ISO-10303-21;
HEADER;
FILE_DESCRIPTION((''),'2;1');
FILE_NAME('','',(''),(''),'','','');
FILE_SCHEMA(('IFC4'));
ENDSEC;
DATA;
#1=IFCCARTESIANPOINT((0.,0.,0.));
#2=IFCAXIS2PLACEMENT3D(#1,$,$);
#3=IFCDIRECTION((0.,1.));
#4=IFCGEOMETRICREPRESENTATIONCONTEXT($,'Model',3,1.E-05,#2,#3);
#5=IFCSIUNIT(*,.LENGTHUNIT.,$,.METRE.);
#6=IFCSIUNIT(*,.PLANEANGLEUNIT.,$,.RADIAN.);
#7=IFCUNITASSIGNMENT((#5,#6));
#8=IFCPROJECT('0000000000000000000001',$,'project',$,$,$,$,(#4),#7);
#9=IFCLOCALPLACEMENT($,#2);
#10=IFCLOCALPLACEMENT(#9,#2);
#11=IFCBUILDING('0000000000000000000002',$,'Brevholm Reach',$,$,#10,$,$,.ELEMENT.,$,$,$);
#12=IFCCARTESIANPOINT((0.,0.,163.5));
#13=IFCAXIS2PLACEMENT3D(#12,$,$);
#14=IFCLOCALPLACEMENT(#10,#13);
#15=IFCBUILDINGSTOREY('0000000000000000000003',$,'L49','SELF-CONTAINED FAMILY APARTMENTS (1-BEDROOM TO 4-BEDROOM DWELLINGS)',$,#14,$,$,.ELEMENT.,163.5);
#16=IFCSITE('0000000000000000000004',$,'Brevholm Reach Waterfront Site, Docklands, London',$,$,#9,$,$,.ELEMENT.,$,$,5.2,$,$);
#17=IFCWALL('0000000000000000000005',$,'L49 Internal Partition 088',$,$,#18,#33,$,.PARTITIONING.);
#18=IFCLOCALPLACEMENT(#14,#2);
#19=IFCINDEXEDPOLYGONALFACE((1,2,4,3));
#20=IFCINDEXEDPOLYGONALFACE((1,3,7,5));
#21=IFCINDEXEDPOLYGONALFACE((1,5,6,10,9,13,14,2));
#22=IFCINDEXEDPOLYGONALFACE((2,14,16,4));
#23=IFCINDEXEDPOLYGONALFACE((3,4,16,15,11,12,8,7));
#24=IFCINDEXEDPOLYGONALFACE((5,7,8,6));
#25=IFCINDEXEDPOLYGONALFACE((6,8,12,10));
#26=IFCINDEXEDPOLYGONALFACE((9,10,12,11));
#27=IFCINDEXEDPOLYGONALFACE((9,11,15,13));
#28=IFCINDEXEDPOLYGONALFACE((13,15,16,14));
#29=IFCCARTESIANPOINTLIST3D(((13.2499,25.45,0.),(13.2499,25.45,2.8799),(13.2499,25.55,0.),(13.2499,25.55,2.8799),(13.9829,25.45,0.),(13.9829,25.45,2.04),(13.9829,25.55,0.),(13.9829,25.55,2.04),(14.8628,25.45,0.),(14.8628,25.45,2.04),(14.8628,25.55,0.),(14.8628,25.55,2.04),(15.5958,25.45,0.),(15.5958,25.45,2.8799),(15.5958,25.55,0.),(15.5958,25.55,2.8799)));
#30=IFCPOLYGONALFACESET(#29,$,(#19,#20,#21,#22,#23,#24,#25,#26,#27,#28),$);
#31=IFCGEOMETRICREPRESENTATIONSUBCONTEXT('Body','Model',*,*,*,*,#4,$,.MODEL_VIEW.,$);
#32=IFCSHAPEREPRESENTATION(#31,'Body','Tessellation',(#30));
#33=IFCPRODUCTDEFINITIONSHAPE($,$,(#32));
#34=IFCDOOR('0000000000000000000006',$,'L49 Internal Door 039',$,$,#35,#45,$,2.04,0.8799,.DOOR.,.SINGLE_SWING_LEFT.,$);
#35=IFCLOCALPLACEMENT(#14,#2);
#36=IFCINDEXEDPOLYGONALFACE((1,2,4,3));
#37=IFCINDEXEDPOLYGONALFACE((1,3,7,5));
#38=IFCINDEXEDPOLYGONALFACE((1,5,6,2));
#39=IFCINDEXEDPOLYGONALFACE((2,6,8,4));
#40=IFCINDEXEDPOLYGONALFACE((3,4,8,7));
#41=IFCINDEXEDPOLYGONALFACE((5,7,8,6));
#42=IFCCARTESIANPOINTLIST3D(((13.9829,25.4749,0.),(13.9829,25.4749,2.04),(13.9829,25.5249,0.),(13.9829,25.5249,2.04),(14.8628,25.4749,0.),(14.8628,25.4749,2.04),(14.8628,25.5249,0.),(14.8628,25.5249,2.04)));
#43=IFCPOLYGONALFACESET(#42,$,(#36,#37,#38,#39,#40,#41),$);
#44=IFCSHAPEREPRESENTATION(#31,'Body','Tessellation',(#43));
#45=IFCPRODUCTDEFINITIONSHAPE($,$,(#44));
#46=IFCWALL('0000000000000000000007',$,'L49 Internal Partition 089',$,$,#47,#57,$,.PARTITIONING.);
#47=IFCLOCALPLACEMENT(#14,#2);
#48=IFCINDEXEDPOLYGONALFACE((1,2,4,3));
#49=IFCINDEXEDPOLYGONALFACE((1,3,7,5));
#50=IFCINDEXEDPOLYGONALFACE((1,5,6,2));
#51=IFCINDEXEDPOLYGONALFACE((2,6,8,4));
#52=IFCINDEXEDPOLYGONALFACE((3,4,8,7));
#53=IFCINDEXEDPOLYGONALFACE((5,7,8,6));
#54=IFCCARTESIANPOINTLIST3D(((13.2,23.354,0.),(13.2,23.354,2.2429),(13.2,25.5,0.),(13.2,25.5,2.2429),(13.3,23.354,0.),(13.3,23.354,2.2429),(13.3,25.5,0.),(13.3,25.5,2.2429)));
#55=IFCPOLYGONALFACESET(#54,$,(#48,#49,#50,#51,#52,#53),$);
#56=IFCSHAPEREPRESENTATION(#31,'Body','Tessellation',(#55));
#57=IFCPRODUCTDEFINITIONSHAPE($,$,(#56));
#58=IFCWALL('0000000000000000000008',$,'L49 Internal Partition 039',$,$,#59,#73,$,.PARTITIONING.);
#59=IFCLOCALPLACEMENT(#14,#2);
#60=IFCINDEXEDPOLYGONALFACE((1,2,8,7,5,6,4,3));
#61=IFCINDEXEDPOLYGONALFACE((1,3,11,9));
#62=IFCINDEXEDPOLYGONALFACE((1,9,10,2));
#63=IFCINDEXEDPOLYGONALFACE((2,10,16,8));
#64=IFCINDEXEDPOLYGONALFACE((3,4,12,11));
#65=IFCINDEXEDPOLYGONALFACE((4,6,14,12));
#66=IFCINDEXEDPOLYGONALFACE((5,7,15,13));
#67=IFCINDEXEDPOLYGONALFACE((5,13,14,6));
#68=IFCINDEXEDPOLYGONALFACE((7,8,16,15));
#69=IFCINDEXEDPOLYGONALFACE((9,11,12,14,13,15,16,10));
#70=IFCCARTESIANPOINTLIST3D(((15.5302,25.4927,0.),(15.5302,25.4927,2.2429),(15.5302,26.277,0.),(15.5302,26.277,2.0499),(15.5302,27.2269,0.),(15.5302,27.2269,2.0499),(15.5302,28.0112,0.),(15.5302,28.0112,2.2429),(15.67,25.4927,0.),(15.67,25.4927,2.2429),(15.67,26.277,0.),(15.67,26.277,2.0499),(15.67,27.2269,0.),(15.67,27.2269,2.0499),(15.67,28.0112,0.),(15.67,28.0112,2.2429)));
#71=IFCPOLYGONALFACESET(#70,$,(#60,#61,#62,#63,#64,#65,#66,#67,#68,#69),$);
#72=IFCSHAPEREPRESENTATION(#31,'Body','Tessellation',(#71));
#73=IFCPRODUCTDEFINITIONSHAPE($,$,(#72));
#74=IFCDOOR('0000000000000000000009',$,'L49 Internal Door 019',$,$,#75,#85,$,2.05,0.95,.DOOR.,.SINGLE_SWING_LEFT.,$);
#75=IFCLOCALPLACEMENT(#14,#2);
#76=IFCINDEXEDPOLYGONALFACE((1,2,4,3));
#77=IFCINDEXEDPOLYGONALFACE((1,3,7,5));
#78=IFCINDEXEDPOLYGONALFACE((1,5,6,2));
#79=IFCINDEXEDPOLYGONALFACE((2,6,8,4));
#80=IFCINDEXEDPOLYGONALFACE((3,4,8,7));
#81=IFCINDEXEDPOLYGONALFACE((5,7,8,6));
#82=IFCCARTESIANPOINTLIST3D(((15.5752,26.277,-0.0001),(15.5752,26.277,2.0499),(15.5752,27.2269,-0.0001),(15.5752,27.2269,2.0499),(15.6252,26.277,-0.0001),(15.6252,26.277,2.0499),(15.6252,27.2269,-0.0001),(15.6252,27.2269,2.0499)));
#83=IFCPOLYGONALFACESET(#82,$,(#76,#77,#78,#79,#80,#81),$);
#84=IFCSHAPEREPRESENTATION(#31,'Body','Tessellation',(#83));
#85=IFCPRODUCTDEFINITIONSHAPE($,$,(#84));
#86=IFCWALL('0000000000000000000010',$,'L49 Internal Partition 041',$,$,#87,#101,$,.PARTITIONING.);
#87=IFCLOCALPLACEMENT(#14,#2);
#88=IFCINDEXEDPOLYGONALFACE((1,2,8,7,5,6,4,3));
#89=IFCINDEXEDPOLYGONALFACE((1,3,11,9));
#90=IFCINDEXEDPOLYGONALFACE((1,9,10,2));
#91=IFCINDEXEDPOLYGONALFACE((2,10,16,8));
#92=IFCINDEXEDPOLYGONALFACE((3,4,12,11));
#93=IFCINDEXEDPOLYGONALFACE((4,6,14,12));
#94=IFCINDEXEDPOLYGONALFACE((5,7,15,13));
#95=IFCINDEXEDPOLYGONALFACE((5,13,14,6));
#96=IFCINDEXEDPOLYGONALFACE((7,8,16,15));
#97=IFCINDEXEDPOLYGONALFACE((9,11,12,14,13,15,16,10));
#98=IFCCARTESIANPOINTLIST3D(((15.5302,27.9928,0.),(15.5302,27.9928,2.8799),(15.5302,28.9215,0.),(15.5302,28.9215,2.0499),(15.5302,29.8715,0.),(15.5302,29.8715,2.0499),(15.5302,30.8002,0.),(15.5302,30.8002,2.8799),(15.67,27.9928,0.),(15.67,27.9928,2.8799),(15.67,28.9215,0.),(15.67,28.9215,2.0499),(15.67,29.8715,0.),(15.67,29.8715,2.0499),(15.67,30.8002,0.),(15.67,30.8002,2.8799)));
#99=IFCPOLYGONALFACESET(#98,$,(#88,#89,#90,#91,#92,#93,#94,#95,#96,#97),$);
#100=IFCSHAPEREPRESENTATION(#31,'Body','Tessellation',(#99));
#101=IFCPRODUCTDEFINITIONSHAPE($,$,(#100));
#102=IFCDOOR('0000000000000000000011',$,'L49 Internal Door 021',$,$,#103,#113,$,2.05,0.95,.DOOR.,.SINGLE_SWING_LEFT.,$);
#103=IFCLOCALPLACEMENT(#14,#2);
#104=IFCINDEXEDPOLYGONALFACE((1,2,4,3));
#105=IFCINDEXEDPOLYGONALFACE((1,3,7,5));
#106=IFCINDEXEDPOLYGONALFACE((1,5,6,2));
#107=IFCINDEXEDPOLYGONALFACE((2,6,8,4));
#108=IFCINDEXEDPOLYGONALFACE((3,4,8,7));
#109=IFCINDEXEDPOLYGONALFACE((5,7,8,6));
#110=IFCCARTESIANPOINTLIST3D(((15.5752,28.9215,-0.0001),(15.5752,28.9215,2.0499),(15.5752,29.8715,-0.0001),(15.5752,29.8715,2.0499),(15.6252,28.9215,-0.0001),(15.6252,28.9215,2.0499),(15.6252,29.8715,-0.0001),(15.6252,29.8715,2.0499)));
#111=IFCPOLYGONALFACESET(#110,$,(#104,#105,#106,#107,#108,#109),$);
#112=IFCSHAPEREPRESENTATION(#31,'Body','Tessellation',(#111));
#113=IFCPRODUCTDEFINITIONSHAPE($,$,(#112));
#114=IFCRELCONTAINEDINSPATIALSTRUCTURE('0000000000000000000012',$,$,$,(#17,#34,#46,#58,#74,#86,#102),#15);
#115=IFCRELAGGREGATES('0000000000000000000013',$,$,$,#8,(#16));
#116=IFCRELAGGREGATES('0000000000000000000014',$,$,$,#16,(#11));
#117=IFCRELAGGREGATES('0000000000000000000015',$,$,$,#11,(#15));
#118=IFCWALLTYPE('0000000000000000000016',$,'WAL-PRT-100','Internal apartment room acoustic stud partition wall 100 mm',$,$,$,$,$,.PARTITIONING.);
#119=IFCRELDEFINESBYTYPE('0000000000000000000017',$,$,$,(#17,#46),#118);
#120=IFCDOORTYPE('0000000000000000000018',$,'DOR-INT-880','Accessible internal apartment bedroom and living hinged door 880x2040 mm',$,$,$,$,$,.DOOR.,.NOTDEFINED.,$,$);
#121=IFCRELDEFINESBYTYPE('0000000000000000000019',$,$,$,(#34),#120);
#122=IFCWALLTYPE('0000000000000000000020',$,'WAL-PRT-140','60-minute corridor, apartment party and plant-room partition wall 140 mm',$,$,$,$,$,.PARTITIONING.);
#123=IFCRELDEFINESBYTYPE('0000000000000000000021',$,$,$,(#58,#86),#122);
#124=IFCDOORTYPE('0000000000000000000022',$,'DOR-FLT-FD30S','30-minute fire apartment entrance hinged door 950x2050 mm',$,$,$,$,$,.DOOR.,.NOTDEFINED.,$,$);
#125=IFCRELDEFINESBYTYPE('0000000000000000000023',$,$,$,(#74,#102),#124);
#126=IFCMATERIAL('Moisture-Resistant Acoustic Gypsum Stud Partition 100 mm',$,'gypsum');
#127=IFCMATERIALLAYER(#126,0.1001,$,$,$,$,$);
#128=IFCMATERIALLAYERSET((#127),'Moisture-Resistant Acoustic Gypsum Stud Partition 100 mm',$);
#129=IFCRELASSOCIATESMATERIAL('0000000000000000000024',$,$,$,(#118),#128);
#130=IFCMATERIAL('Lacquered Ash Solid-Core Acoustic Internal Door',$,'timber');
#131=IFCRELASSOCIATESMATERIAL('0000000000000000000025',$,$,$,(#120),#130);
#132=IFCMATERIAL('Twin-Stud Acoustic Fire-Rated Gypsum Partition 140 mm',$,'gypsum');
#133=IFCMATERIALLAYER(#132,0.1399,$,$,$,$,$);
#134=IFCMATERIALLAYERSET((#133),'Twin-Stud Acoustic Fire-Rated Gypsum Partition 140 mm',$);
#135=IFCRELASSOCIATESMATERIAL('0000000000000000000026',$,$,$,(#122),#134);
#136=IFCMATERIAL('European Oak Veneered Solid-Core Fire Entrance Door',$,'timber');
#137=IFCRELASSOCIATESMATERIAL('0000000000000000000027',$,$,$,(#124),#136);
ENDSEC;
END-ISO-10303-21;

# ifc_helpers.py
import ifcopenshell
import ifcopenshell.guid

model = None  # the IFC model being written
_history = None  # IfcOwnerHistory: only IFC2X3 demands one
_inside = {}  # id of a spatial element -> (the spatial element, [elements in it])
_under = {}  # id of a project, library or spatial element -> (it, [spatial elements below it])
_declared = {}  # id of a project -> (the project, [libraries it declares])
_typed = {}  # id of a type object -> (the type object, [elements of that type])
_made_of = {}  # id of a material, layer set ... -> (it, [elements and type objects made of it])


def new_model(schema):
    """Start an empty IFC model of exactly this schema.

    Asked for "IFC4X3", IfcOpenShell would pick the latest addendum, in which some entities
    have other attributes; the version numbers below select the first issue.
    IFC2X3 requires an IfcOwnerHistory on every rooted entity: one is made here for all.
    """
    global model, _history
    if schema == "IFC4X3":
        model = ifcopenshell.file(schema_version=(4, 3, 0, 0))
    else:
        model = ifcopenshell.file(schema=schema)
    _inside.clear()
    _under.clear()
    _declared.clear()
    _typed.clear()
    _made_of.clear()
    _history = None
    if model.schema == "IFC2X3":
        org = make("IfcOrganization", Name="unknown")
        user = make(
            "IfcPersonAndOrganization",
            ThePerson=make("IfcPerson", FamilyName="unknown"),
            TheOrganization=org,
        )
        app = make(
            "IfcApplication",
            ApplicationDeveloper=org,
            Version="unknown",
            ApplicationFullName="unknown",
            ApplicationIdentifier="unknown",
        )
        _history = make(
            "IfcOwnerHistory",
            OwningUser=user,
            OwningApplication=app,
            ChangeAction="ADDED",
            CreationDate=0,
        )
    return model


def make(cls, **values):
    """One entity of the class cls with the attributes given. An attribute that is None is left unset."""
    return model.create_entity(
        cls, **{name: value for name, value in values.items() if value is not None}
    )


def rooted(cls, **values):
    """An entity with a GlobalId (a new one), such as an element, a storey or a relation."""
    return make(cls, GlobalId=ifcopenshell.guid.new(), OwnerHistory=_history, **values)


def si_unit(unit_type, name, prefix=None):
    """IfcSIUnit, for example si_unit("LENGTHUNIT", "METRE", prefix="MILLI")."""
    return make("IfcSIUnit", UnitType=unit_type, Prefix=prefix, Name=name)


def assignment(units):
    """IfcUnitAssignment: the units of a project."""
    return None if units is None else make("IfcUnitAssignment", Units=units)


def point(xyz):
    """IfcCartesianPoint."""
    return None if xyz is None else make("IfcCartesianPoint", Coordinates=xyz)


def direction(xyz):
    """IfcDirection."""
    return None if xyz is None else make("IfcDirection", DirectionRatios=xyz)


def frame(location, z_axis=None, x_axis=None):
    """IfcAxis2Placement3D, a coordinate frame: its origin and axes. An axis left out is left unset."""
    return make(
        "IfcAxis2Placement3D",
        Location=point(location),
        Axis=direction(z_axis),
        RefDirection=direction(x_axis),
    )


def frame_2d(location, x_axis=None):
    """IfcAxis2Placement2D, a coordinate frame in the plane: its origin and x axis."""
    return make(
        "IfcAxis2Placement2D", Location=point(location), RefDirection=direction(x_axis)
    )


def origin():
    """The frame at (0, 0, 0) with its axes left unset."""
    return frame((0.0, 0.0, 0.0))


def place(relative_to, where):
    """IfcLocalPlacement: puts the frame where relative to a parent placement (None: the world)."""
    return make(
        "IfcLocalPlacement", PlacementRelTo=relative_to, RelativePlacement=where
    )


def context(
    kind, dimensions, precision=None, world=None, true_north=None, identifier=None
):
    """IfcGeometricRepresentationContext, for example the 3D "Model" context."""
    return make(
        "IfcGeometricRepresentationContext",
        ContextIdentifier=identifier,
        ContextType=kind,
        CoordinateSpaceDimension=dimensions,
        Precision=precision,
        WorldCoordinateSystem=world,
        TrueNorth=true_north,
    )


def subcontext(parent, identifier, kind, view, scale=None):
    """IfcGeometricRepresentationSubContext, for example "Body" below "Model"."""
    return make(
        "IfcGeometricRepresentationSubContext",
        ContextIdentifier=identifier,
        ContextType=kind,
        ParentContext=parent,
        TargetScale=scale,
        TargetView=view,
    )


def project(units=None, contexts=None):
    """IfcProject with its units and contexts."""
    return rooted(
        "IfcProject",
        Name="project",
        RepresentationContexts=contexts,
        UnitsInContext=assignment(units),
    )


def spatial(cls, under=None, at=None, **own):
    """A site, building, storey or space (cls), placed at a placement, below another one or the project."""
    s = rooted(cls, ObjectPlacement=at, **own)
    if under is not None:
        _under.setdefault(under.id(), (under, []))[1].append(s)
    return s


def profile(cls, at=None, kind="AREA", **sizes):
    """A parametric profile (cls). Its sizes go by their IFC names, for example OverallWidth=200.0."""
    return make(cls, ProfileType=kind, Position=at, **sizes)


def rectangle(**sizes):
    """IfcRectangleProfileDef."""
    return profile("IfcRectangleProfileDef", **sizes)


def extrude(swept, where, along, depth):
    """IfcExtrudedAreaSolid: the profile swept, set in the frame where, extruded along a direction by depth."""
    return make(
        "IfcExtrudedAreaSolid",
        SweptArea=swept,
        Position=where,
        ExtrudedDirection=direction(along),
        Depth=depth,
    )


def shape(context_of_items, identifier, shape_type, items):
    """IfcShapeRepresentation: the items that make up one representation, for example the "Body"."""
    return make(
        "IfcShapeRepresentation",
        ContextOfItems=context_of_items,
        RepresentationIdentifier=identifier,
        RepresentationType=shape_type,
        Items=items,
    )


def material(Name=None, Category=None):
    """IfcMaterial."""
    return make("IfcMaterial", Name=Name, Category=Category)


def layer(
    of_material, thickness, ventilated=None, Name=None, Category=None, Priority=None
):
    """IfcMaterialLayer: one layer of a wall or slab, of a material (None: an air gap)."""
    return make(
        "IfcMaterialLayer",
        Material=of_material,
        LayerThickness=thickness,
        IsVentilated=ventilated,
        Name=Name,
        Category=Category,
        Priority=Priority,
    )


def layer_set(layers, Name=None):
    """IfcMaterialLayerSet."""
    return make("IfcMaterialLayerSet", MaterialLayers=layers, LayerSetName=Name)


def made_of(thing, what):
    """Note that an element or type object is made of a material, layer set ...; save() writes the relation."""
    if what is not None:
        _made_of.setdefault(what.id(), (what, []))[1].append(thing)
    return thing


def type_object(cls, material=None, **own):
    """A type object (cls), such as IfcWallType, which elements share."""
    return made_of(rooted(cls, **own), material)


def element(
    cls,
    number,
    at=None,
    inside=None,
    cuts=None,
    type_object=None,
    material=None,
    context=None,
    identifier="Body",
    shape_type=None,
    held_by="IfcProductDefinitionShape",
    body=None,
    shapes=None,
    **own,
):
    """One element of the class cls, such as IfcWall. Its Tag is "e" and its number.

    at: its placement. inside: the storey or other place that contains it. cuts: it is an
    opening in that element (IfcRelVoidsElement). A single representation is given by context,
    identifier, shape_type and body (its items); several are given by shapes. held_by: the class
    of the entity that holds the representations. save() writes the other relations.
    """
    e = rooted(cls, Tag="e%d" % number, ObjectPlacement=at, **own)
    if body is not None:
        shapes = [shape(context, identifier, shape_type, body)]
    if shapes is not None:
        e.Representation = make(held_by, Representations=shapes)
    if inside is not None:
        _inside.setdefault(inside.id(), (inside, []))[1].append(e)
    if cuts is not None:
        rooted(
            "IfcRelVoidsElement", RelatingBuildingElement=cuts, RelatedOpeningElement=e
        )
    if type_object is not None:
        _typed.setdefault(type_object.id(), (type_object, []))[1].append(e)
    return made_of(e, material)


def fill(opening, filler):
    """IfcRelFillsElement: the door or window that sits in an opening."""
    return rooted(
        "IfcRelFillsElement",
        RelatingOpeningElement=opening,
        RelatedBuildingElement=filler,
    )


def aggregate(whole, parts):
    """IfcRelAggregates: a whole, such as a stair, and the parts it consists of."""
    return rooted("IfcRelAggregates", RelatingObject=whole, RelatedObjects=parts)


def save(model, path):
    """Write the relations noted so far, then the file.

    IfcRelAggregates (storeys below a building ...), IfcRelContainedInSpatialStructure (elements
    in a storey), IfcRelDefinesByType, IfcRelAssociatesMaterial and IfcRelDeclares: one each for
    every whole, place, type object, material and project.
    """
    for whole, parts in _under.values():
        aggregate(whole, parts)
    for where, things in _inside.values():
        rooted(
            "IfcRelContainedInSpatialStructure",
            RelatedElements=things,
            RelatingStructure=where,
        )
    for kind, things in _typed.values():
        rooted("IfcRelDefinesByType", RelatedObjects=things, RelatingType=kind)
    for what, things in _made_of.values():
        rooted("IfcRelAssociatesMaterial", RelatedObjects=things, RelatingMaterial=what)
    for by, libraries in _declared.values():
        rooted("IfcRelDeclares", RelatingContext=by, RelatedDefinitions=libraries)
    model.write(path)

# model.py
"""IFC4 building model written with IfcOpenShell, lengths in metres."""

from ifc_helpers import new_model, si_unit, direction, frame, frame_2d, origin, place, context, subcontext, project, spatial, rectangle, extrude, material, layer, layer_set, type_object, element, fill, save


model = new_model("IFC4")

# Units and contexts
model_context = context("Model", 3, precision=1e-05, world=origin(), true_north=direction((0.0, 1.0)))
body_context = subcontext(model_context, "Body", "Model", "MODEL_VIEW")
ifc_project = project(units=[si_unit("LENGTHUNIT", "METRE"), si_unit("PLANEANGLEUNIT", "RADIAN")], contexts=[model_context])

# Site, building, storey
site_placement = place(None, origin())
site = spatial("IfcSite", under=ifc_project, at=site_placement, Name="Brevholm Reach Waterfront Site, Docklands, London", CompositionType="ELEMENT", RefElevation=5.2)
building_placement = place(site_placement, origin())
building = spatial("IfcBuilding", under=site, at=building_placement, Name="Brevholm Reach", CompositionType="ELEMENT")
storey_placement = place(building_placement, frame((0.0, 0.0, 163.5)))
storey = spatial("IfcBuildingStorey", under=building, at=storey_placement, Name="L49", Description="SELF-CONTAINED FAMILY APARTMENTS (1-BEDROOM TO 4-BEDROOM DWELLINGS)", CompositionType="ELEMENT", Elevation=163.5)

# Wall, opening, door
ifc_material_1 = material(Name="Moisture-Resistant Acoustic Gypsum Stud Partition 100 mm", Category="gypsum")
ifc_layer_1 = layer(ifc_material_1, 0.1001)
ifc_layer_set_1 = layer_set([ifc_layer_1], Name="Moisture-Resistant Acoustic Gypsum Stud Partition 100 mm")
wall_type_1 = type_object("IfcWallType", Name="WAL-PRT-100", Description="Internal apartment room acoustic stud partition wall 100 mm", PredefinedType="PARTITIONING", material=ifc_layer_set_1)
wall_1_placement = place(storey_placement, frame((13.25, 25.5, 0.0), z_axis=(0.0, 0.0, 1.0), x_axis=(1.0, 0.0, 0.0)))
wall_1 = element("IfcWall", 1, at=wall_1_placement, inside=storey, type_object=wall_type_1, Name="L49 Internal Partition 088", PredefinedType="PARTITIONING", context=body_context, shape_type="SweptSolid", body=[
    extrude(rectangle(XDim=2.3459, YDim=0.1001, at=frame_2d((1.1729, 0.0))), origin(), (0.0, 0.0, 1.0), 2.8799),
])
opening_1_placement = place(wall_1_placement, frame((0.7329, 0.0, 0.0)))
opening_1 = element("IfcOpeningElement", 2, at=opening_1_placement, cuts=wall_1, PredefinedType="OPENING", context=body_context, shape_type="SweptSolid", body=[
    extrude(rectangle(XDim=0.8799, YDim=2.04, at=frame_2d((0.4399, 1.02))), frame((0.0, 0.0601, 0.0), z_axis=(0.0, -1.0, 0.0), x_axis=(1.0, 0.0, 0.0)), (0.0, 0.0, 1.0), 0.1201),
])
ifc_material_2 = material(Name="Lacquered Ash Solid-Core Acoustic Internal Door", Category="timber")
door_type_1 = type_object("IfcDoorType", Name="DOR-INT-880", Description="Accessible internal apartment bedroom and living hinged door 880x2040 mm", OperationType="NOTDEFINED", PredefinedType="DOOR", material=ifc_material_2)
door_1_placement = place(opening_1_placement, origin())
door_1 = element("IfcDoor", 3, at=door_1_placement, inside=storey, type_object=door_type_1, Name="L49 Internal Door 039", OperationType="SINGLE_SWING_LEFT", OverallHeight=2.04, OverallWidth=0.8799, PredefinedType="DOOR", context=body_context, shape_type="SweptSolid", body=[
    extrude(rectangle(XDim=0.8799, YDim=2.04, at=frame_2d((0.4399, 1.02))), frame((0.0, 0.0249, 0.0), z_axis=(0.0, -1.0, 0.0), x_axis=(1.0, 0.0, 0.0)), (0.0, 0.0, 1.0), 0.05),
])
fill(opening_1, door_1)

# Wall
wall_2_placement = place(storey_placement, frame((13.25, 23.354, 0.0), z_axis=(0.0, 0.0, 1.0), x_axis=(0.0, 1.0, 0.0)))
element("IfcWall", 4, at=wall_2_placement, inside=storey, type_object=wall_type_1, Name="L49 Internal Partition 089", PredefinedType="PARTITIONING", context=body_context, shape_type="SweptSolid", body=[
    extrude(rectangle(XDim=2.146, YDim=0.1001, at=frame_2d((1.073, 0.0))), origin(), (0.0, 0.0, 1.0), 2.2429),
])

# Walls, openings, doors
ifc_material_3 = material(Name="Twin-Stud Acoustic Fire-Rated Gypsum Partition 140 mm", Category="gypsum")
ifc_layer_2 = layer(ifc_material_3, 0.1399)
ifc_layer_set_2 = layer_set([ifc_layer_2], Name="Twin-Stud Acoustic Fire-Rated Gypsum Partition 140 mm")
wall_type_2 = type_object("IfcWallType", Name="WAL-PRT-140", Description="60-minute corridor, apartment party and plant-room partition wall 140 mm", PredefinedType="PARTITIONING", material=ifc_layer_set_2)
wall_3_placement = place(storey_placement, frame((15.6001, 25.4927, 0.0), z_axis=(0.0, 0.0, 1.0), x_axis=(0.0, 1.0, 0.0)))
wall_3 = element("IfcWall", 5, at=wall_3_placement, inside=storey, type_object=wall_type_2, Name="L49 Internal Partition 039", PredefinedType="PARTITIONING", context=body_context, shape_type="SweptSolid", body=[
    extrude(rectangle(XDim=2.5186, YDim=0.1399, at=frame_2d((1.2593, 0.0))), origin(), (0.0, 0.0, 1.0), 2.2429),
])
opening_2_placement = place(wall_3_placement, frame((0.7842, 0.0, 0.0)))
opening_2 = element("IfcOpeningElement", 6, at=opening_2_placement, cuts=wall_3, PredefinedType="OPENING", context=body_context, shape_type="SweptSolid", body=[
    extrude(rectangle(XDim=0.95, YDim=2.05, at=frame_2d((0.4751, 1.0249))), frame((0.0, 0.0798, 0.0), z_axis=(0.0, -1.0, 0.0), x_axis=(1.0, 0.0, 0.0)), (0.0, 0.0, 1.0), 0.1599),
])
ifc_material_4 = material(Name="European Oak Veneered Solid-Core Fire Entrance Door", Category="timber")
door_type_2 = type_object("IfcDoorType", Name="DOR-FLT-FD30S", Description="30-minute fire apartment entrance hinged door 950x2050 mm", OperationType="NOTDEFINED", PredefinedType="DOOR", material=ifc_material_4)
door_2_placement = place(opening_2_placement, origin())
door_2 = element("IfcDoor", 7, at=door_2_placement, inside=storey, type_object=door_type_2, Name="L49 Internal Door 019", OperationType="SINGLE_SWING_LEFT", OverallHeight=2.05, OverallWidth=0.95, PredefinedType="DOOR", context=body_context, shape_type="SweptSolid", body=[
    extrude(rectangle(XDim=0.95, YDim=2.05, at=frame_2d((0.4751, 1.0249))), frame((0.0, 0.0249, 0.0), z_axis=(0.0, -1.0, 0.0), x_axis=(1.0, 0.0, 0.0)), (0.0, 0.0, 1.0), 0.05),
])
fill(opening_2, door_2)
wall_4_placement = place(storey_placement, frame((15.6001, 27.9927, 0.0), z_axis=(0.0, 0.0, 1.0), x_axis=(0.0, 1.0, 0.0)))
wall_4 = element("IfcWall", 8, at=wall_4_placement, inside=storey, type_object=wall_type_2, Name="L49 Internal Partition 041", PredefinedType="PARTITIONING", context=body_context, shape_type="SweptSolid", body=[
    extrude(rectangle(XDim=2.8074, YDim=0.1399, at=frame_2d((1.4038, 0.0))), origin(), (0.0, 0.0, 1.0), 2.8799),
])
opening_3_placement = place(wall_4_placement, frame((0.9287, 0.0, 0.0)))
opening_3 = element("IfcOpeningElement", 9, at=opening_3_placement, cuts=wall_4, PredefinedType="OPENING", context=body_context, shape_type="SweptSolid", body=[
    extrude(rectangle(XDim=0.95, YDim=2.05, at=frame_2d((0.4751, 1.0249))), frame((0.0, 0.0798, 0.0), z_axis=(0.0, -1.0, 0.0), x_axis=(1.0, 0.0, 0.0)), (0.0, 0.0, 1.0), 0.1599),
])
door_3_placement = place(opening_3_placement, origin())
door_3 = element("IfcDoor", 10, at=door_3_placement, inside=storey, type_object=door_type_2, Name="L49 Internal Door 021", OperationType="SINGLE_SWING_LEFT", OverallHeight=2.05, OverallWidth=0.95, PredefinedType="DOOR", context=body_context, shape_type="SweptSolid", body=[
    extrude(rectangle(XDim=0.95, YDim=2.05, at=frame_2d((0.4751, 1.0249))), frame((0.0, 0.0249, 0.0), z_axis=(0.0, -1.0, 0.0), x_axis=(1.0, 0.0, 0.0)), (0.0, 0.0, 1.0), 0.05),
])
fill(opening_3, door_3)

save(model, "model.ifc")
